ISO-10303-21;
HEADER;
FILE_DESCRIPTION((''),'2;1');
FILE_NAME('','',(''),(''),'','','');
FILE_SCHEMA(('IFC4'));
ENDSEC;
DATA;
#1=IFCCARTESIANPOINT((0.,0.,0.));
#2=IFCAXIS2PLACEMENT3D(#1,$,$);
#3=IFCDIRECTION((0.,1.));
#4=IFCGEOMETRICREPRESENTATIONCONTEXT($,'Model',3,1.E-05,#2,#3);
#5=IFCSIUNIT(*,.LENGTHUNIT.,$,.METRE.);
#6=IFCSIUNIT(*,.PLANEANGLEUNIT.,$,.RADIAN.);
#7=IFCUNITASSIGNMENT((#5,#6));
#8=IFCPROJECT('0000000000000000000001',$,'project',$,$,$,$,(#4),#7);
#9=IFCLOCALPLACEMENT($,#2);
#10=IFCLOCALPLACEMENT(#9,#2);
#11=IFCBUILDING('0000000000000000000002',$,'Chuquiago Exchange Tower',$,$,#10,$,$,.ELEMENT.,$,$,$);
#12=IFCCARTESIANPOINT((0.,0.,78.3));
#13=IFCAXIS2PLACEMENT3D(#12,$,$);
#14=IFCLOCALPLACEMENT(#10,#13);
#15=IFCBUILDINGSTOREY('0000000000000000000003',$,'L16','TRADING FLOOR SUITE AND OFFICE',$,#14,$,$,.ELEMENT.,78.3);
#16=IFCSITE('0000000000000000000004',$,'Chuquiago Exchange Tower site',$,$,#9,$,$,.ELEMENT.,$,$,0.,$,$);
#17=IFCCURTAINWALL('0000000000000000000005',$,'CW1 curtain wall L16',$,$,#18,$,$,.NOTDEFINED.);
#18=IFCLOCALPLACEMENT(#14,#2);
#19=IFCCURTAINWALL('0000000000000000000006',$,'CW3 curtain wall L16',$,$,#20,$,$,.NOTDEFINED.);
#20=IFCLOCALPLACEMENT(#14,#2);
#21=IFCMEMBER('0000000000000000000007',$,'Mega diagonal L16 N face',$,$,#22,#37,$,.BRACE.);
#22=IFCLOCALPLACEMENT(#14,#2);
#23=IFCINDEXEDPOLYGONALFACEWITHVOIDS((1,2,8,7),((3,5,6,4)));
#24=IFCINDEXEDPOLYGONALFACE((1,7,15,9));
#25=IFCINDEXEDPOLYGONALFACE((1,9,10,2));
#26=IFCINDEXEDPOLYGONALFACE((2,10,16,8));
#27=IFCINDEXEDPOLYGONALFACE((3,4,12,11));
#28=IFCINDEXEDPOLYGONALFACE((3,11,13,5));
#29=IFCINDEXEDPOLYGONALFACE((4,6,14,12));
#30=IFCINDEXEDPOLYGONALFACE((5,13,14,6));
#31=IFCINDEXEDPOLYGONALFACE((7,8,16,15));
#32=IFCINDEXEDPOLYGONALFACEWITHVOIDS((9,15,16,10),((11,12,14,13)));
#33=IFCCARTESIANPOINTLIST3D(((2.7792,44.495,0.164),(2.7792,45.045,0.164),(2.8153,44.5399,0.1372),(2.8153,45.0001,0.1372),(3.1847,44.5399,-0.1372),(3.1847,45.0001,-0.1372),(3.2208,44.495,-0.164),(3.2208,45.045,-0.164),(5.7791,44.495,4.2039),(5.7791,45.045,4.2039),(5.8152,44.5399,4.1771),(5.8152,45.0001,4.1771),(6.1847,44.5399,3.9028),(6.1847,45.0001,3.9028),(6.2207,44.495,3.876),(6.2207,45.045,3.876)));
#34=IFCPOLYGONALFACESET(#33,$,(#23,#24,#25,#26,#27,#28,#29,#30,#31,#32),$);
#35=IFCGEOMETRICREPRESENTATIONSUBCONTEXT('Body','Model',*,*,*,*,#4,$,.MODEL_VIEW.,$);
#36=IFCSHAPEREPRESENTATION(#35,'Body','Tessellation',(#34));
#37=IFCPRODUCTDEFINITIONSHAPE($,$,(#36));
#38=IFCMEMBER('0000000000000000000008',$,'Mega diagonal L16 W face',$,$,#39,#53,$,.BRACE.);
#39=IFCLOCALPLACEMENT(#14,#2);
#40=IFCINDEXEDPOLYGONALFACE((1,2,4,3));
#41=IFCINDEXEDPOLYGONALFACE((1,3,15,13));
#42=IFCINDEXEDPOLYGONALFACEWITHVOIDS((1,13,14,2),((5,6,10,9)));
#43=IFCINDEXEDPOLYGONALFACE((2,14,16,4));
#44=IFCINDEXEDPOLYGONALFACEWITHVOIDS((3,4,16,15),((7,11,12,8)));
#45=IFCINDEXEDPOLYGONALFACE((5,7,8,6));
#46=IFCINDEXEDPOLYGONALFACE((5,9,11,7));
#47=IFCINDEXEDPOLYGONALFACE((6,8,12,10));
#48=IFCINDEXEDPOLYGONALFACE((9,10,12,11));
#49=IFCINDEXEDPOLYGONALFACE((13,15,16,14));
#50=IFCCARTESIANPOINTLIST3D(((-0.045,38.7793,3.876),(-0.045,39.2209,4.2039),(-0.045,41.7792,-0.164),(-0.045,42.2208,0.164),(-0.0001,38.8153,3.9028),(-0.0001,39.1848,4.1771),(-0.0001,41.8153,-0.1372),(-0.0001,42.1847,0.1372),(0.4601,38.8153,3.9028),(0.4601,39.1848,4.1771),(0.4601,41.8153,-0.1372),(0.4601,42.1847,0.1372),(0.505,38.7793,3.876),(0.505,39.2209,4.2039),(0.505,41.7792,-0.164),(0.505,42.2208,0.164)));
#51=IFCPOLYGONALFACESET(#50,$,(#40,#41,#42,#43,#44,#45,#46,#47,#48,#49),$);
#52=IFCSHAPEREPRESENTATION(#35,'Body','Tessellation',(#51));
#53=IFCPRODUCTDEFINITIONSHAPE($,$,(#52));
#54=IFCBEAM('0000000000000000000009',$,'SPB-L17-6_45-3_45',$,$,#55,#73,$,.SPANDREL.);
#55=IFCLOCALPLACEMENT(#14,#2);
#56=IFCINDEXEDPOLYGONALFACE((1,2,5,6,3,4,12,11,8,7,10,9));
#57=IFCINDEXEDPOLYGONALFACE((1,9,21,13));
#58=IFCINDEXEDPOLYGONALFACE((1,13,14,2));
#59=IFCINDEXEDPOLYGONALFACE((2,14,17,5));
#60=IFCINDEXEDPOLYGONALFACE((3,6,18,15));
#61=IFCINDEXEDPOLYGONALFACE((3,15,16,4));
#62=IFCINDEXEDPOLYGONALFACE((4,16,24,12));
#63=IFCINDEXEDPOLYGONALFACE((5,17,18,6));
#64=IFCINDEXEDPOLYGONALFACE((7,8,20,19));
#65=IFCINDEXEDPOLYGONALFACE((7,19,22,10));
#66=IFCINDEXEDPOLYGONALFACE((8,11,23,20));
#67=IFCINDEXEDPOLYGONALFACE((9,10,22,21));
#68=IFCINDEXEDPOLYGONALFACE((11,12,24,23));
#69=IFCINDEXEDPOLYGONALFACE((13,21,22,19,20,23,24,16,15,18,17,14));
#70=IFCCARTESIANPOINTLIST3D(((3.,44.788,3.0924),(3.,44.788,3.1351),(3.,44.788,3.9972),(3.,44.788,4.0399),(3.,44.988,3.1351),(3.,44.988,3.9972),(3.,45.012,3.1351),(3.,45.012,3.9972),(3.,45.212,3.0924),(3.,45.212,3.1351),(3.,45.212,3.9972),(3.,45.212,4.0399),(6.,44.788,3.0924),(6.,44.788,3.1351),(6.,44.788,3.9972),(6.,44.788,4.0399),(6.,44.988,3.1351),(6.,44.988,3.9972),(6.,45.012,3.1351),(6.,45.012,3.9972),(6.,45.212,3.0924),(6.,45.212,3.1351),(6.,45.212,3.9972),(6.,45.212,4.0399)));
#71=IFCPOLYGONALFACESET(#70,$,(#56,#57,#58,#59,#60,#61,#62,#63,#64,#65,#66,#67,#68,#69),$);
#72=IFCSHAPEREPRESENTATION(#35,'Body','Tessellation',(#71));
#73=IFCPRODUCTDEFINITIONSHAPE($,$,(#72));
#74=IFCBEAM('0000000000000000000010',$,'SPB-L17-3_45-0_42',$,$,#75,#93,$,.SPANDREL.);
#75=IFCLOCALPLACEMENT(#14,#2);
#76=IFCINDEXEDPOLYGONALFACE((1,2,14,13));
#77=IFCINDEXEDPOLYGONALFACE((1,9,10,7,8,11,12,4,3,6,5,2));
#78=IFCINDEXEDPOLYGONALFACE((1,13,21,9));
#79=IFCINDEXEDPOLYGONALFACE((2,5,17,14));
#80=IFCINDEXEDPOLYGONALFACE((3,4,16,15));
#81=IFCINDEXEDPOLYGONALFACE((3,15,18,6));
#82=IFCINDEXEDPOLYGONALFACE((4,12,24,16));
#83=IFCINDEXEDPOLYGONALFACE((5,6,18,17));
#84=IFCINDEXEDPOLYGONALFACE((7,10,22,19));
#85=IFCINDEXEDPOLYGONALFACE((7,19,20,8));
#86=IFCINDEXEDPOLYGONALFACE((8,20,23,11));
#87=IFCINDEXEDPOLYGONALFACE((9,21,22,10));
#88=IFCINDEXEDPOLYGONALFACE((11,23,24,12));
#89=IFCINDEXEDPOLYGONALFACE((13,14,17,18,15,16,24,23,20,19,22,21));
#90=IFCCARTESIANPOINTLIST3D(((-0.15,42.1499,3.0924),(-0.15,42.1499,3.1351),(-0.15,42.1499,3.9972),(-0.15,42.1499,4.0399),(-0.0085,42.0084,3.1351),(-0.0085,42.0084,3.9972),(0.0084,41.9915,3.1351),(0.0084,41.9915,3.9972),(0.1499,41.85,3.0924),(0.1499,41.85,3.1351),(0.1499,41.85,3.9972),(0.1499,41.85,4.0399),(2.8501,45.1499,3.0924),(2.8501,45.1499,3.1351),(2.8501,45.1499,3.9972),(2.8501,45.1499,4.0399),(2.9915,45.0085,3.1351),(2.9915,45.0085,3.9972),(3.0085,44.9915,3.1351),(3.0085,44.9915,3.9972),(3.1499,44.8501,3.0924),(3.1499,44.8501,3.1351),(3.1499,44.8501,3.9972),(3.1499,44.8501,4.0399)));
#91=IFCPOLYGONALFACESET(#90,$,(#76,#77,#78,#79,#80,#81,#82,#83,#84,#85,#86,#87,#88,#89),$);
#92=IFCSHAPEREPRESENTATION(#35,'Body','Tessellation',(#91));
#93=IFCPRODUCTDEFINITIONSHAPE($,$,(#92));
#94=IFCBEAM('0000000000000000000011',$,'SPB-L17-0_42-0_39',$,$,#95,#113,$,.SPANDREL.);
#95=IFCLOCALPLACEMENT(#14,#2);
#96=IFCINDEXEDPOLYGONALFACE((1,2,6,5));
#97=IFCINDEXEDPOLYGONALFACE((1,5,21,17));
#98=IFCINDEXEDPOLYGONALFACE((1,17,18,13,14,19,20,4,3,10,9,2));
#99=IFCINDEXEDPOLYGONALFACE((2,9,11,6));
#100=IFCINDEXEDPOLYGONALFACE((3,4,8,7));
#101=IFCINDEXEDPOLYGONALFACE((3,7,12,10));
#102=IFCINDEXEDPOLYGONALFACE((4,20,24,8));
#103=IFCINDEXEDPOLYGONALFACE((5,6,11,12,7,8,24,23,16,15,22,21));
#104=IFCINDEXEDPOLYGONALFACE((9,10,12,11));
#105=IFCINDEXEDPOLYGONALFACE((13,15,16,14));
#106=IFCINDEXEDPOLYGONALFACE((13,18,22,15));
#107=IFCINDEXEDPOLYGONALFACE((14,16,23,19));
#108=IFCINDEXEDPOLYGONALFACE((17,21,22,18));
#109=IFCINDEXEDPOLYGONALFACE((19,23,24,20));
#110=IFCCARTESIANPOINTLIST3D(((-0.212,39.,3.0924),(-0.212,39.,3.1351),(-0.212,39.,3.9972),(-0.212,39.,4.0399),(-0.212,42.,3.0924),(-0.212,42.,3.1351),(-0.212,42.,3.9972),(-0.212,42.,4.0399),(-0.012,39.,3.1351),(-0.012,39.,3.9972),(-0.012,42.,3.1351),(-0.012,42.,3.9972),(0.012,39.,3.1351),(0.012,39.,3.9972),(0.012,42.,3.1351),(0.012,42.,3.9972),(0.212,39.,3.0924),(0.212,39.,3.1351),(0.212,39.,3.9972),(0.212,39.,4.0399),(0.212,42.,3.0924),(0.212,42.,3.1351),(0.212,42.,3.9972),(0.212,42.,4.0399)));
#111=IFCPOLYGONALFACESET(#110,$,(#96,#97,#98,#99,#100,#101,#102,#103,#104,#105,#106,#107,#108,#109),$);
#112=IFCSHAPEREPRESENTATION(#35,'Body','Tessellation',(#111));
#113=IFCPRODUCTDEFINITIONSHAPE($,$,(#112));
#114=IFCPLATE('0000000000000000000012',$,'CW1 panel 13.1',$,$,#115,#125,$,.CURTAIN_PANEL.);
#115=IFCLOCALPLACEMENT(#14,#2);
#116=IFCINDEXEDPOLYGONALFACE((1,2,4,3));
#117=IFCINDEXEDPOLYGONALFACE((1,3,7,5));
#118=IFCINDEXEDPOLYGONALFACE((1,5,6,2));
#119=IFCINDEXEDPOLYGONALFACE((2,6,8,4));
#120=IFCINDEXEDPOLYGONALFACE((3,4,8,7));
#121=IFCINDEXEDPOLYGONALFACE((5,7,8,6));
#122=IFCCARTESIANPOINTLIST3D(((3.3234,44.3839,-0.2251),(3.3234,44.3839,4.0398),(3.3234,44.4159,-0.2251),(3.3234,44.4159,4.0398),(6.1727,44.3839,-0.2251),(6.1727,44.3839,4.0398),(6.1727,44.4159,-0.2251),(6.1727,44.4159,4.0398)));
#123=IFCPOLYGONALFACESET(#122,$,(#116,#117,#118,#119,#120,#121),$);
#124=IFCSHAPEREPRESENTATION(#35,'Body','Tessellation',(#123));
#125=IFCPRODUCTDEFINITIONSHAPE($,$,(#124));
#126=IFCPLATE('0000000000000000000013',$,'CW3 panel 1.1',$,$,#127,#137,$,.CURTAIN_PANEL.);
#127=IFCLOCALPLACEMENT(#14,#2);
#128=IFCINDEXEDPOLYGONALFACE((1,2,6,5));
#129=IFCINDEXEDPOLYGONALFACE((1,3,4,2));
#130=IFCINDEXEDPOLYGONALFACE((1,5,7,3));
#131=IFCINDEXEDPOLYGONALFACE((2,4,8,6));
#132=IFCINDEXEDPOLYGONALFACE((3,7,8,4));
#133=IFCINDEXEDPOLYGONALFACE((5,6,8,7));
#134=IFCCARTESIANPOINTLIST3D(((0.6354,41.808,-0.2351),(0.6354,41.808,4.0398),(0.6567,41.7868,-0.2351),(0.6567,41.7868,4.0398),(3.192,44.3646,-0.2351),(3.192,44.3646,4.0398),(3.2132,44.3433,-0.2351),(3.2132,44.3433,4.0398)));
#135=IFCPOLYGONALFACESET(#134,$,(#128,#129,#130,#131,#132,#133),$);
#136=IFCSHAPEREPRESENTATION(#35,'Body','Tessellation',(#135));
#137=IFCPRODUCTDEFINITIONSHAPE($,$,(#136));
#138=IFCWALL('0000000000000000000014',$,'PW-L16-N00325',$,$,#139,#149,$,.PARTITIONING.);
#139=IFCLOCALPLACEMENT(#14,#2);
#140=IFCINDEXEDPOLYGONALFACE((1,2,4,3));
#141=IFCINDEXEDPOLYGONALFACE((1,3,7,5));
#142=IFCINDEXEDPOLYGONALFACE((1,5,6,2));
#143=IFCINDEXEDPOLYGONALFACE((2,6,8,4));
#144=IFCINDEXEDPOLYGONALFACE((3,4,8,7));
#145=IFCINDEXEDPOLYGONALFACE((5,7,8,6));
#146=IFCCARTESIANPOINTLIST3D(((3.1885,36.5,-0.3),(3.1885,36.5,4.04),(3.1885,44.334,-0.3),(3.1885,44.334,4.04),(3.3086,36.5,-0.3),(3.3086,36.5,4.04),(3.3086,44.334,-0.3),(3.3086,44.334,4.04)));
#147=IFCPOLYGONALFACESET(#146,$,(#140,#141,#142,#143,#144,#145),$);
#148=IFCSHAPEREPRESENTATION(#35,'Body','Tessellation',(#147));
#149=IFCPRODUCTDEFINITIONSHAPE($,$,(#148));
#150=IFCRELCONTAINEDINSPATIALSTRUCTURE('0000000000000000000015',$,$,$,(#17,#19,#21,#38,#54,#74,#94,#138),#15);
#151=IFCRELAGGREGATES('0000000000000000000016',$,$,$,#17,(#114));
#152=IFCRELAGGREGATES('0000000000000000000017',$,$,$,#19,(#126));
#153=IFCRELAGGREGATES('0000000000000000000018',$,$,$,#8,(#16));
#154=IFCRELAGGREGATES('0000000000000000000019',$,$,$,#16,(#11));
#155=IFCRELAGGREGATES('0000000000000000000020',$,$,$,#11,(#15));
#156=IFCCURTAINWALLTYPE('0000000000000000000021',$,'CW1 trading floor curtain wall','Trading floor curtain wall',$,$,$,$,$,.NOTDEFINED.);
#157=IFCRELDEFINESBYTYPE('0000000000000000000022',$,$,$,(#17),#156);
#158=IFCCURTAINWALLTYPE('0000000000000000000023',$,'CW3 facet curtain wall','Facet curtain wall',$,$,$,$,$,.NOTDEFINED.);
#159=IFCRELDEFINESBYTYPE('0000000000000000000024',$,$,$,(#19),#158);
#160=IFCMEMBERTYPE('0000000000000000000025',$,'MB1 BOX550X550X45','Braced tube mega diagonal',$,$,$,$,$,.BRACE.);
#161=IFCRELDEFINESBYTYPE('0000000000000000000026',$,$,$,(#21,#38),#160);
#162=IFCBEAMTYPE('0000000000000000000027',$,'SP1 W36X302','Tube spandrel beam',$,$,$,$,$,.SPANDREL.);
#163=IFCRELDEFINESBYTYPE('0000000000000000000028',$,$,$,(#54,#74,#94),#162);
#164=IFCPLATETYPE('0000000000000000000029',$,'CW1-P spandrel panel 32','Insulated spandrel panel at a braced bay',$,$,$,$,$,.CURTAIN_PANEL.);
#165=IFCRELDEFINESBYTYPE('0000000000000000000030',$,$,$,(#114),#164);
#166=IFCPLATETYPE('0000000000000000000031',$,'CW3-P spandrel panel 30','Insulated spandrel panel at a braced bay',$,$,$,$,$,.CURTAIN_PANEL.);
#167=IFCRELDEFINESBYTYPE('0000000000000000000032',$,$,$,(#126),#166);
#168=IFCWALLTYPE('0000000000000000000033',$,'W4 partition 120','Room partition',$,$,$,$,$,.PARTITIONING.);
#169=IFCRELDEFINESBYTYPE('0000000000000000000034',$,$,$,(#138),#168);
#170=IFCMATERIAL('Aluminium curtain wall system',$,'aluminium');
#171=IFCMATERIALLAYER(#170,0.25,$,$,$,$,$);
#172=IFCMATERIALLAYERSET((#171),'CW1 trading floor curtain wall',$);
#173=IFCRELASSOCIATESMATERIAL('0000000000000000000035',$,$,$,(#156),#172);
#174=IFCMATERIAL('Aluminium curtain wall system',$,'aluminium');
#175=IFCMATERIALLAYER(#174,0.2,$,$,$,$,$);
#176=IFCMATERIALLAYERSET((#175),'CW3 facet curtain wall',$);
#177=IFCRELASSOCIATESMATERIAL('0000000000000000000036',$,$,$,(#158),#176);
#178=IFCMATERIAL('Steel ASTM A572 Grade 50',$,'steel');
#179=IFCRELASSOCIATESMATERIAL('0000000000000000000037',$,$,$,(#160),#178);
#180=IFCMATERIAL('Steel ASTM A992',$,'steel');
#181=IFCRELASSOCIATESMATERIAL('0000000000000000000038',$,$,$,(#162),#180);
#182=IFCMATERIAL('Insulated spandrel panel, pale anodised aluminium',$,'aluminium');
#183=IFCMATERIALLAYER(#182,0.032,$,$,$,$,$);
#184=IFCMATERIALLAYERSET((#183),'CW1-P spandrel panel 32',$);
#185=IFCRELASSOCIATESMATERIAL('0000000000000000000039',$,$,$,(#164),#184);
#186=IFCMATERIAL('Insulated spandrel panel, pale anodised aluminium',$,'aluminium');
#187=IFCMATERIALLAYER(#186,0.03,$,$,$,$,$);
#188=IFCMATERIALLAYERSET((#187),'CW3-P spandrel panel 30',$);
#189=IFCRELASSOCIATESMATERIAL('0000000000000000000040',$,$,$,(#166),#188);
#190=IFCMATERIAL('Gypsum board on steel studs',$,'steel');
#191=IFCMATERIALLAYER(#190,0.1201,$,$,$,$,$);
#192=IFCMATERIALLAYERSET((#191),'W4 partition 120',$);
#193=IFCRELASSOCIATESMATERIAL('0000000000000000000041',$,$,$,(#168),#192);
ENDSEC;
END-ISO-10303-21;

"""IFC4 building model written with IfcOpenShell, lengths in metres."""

from ifc_helpers import new_model, si_unit, direction, frame, frame_2d, origin, origin_2d, place, context, subcontext, project, spatial, rectangle, hollow_rectangle, i_section, extrude, material, layer, layer_set, material_profile, profile_set, type_object, element, aggregate, save


model = new_model("IFC4")

# Units and contexts
model_context = context("Model", 3, precision=1e-05, world=origin(), true_north=direction((0.0, 1.0)))
body_context = subcontext(model_context, "Body", "Model", "MODEL_VIEW")
ifc_project = project(units=[si_unit("LENGTHUNIT", "METRE"), si_unit("PLANEANGLEUNIT", "RADIAN")], contexts=[model_context])

# Site, building, storey
site_placement = place(None, origin())
site = spatial("IfcSite", under=ifc_project, at=site_placement, Name="Chuquiago Exchange Tower site", CompositionType="ELEMENT", RefElevation=0.0)
building_placement = place(site_placement, origin())
building = spatial("IfcBuilding", under=site, at=building_placement, Name="Chuquiago Exchange Tower", CompositionType="ELEMENT")
storey_placement = place(building_placement, frame((0.0, 0.0, 78.3)))
storey = spatial("IfcBuildingStorey", under=building, at=storey_placement, Name="L16", Description="TRADING FLOOR SUITE AND OFFICE", CompositionType="ELEMENT", Elevation=78.3)

# Curtain wall
ifc_material_1 = material(Name="Aluminium curtain wall system", Category="aluminium")
ifc_layer_1 = layer(ifc_material_1, 0.25)
ifc_layer_set_1 = layer_set([ifc_layer_1], Name="CW1 trading floor curtain wall")
curtain_wall_type_1 = type_object("IfcCurtainWallType", Name="CW1 trading floor curtain wall", Description="Trading floor curtain wall", PredefinedType="NOTDEFINED", material=ifc_layer_set_1)
curtain_wall_1_placement = place(storey_placement, origin())
curtain_wall_1 = element("IfcCurtainWall", 1, at=curtain_wall_1_placement, inside=storey, type_object=curtain_wall_type_1, Name="CW1 curtain wall L16", PredefinedType="NOTDEFINED")

# Curtain wall
ifc_material_2 = material(Name="Aluminium curtain wall system", Category="aluminium")
ifc_layer_2 = layer(ifc_material_2, 0.2)
ifc_layer_set_2 = layer_set([ifc_layer_2], Name="CW3 facet curtain wall")
curtain_wall_type_2 = type_object("IfcCurtainWallType", Name="CW3 facet curtain wall", Description="Facet curtain wall", PredefinedType="NOTDEFINED", material=ifc_layer_set_2)
curtain_wall_2_placement = place(storey_placement, origin())
curtain_wall_2 = element("IfcCurtainWall", 2, at=curtain_wall_2_placement, inside=storey, type_object=curtain_wall_type_2, Name="CW3 curtain wall L16", PredefinedType="NOTDEFINED")

# Members
ifc_material_3 = material(Name="Steel ASTM A572 Grade 50", Category="steel")
ifc_material_profile_1 = material_profile(ifc_material_3, hollow_rectangle(XDim=0.55, YDim=0.55, WallThickness=0.0449, at=origin_2d()), Name="BOX550X550X45")
ifc_profile_set_1 = profile_set([ifc_material_profile_1], Name="Steel ASTM A572 Grade 50")
member_type_1 = type_object("IfcMemberType", Name="MB1 BOX550X550X45", Description="Braced tube mega diagonal", PredefinedType="BRACE", material=ifc_profile_set_1)
for number, where, z_axis, x_axis, name in (
    (3, (3.0, 44.77, 0.0), (0.596174, 0.0, 0.802855), (0.0, 1.0, 0.0), "Mega diagonal L16 N face"),
    (4, (0.23, 42.0, 0.0), (0.0, -0.596174, 0.802855), (1.0, 0.0, 0.0), "Mega diagonal L16 W face"),
):
    element("IfcMember", number, at=place(storey_placement, frame(where, z_axis=z_axis, x_axis=x_axis)), inside=storey, type_object=member_type_1, Name=name, PredefinedType="BRACE", context=body_context, shape_type="SweptSolid", body=[
        extrude(hollow_rectangle(XDim=0.55, YDim=0.55, WallThickness=0.0449, at=origin_2d()), origin(), (0.0, 0.0, 1.0), 5.032),
    ])

# Beams
ifc_material_4 = material(Name="Steel ASTM A992", Category="steel")
ifc_material_profile_2 = material_profile(ifc_material_4, i_section(OverallWidth=0.4241, OverallDepth=0.9475, WebThickness=0.0239, FlangeThickness=0.0427, at=origin_2d()), Name="W36X302")
ifc_profile_set_2 = profile_set([ifc_material_profile_2], Name="Steel ASTM A992")
beam_type = type_object("IfcBeamType", Name="SP1 W36X302", Description="Tube spandrel beam", PredefinedType="SPANDREL", material=ifc_profile_set_2)
beam_1_placement = place(storey_placement, frame((6.0, 45.0, 3.5662), z_axis=(-1.0, 0.0, 0.0), x_axis=(0.0, -1.0, 0.0)))
element("IfcBeam", 5, at=beam_1_placement, inside=storey, type_object=beam_type, Name="SPB-L17-6_45-3_45", PredefinedType="SPANDREL", context=body_context, shape_type="SweptSolid", body=[
    extrude(i_section(OverallWidth=0.4241, OverallDepth=0.9475, WebThickness=0.0239, FlangeThickness=0.0427, at=origin_2d()), origin(), (0.0, 0.0, 1.0), 3.0),
])
beam_2_placement = place(storey_placement, frame((3.0, 45.0, 3.5662), z_axis=(-0.707107, -0.707107, 0.0), x_axis=(0.707107, -0.707107, 0.0)))
element("IfcBeam", 6, at=beam_2_placement, inside=storey, type_object=beam_type, Name="SPB-L17-3_45-0_42", PredefinedType="SPANDREL", context=body_context, shape_type="SweptSolid", body=[
    extrude(i_section(OverallWidth=0.4241, OverallDepth=0.9475, WebThickness=0.0239, FlangeThickness=0.0427, at=origin_2d()), origin(), (0.0, 0.0, 1.0), 4.2427),
])
beam_3_placement = place(storey_placement, frame((0.0, 42.0, 3.5662), z_axis=(0.0, -1.0, 0.0), x_axis=(1.0, 0.0, 0.0)))
element("IfcBeam", 7, at=beam_3_placement, inside=storey, type_object=beam_type, Name="SPB-L17-0_42-0_39", PredefinedType="SPANDREL", context=body_context, shape_type="SweptSolid", body=[
    extrude(i_section(OverallWidth=0.4241, OverallDepth=0.9475, WebThickness=0.0239, FlangeThickness=0.0427, at=origin_2d()), origin(), (0.0, 0.0, 1.0), 3.0),
])

# Plates
ifc_material_5 = material(Name="Insulated spandrel panel, pale anodised aluminium", Category="aluminium")
ifc_layer_3 = layer(ifc_material_5, 0.032)
ifc_layer_set_3 = layer_set([ifc_layer_3], Name="CW1-P spandrel panel 32")
plate_type_1 = type_object("IfcPlateType", Name="CW1-P spandrel panel 32", Description="Insulated spandrel panel at a braced bay", PredefinedType="CURTAIN_PANEL", material=ifc_layer_set_3)
plate_1_placement = place(storey_placement, frame((4.748, 44.3999, -0.2251), z_axis=(0.0, 0.0, 1.0), x_axis=(-1.0, 0.0, 0.0)))
plate_1 = element("IfcPlate", 8, at=plate_1_placement, type_object=plate_type_1, Name="CW1 panel 13.1", PredefinedType="CURTAIN_PANEL", context=body_context, shape_type="SweptSolid", body=[
    extrude(rectangle(XDim=2.8494, YDim=0.032, at=origin_2d()), origin(), (0.0, 0.0, 1.0), 4.2649),
])
aggregate(curtain_wall_1, [plate_1])
ifc_material_6 = material(Name="Insulated spandrel panel, pale anodised aluminium", Category="aluminium")
ifc_layer_4 = layer(ifc_material_6, 0.03)
ifc_layer_set_4 = layer_set([ifc_layer_4], Name="CW3-P spandrel panel 30")
plate_type_2 = type_object("IfcPlateType", Name="CW3-P spandrel panel 30", Description="Insulated spandrel panel at a braced bay", PredefinedType="CURTAIN_PANEL", material=ifc_layer_set_4)
plate_2_placement = place(storey_placement, frame((1.9243, 43.0757, -0.2351), z_axis=(0.0, 0.0, 1.0), x_axis=(-0.707107, -0.707107, 0.0)))
plate_2 = element("IfcPlate", 9, at=plate_2_placement, type_object=plate_type_2, Name="CW3 panel 1.1", PredefinedType="CURTAIN_PANEL", context=body_context, shape_type="SweptSolid", body=[
    extrude(rectangle(XDim=3.6155, YDim=0.03, at=origin_2d()), origin(), (0.0, 0.0, 1.0), 4.2749),
])
aggregate(curtain_wall_2, [plate_2])

# Wall
ifc_material_7 = material(Name="Gypsum board on steel studs", Category="steel")
ifc_layer_5 = layer(ifc_material_7, 0.1201)
ifc_layer_set_5 = layer_set([ifc_layer_5], Name="W4 partition 120")
wall_type = type_object("IfcWallType", Name="W4 partition 120", Description="Room partition", PredefinedType="PARTITIONING", material=ifc_layer_set_5)
wall_placement = place(storey_placement, frame((3.2485, 44.334, -0.3), z_axis=(0.0, 0.0, 1.0), x_axis=(0.0, -1.0, 0.0)))
element("IfcWall", 10, at=wall_placement, inside=storey, type_object=wall_type, Name="PW-L16-N00325", PredefinedType="PARTITIONING", context=body_context, shape_type="SweptSolid", body=[
    extrude(rectangle(XDim=7.834, YDim=0.1201, at=frame_2d((3.917, 0.0))), origin(), (0.0, 0.0, 1.0), 4.3401),
])

save(model, "model.ifc")
